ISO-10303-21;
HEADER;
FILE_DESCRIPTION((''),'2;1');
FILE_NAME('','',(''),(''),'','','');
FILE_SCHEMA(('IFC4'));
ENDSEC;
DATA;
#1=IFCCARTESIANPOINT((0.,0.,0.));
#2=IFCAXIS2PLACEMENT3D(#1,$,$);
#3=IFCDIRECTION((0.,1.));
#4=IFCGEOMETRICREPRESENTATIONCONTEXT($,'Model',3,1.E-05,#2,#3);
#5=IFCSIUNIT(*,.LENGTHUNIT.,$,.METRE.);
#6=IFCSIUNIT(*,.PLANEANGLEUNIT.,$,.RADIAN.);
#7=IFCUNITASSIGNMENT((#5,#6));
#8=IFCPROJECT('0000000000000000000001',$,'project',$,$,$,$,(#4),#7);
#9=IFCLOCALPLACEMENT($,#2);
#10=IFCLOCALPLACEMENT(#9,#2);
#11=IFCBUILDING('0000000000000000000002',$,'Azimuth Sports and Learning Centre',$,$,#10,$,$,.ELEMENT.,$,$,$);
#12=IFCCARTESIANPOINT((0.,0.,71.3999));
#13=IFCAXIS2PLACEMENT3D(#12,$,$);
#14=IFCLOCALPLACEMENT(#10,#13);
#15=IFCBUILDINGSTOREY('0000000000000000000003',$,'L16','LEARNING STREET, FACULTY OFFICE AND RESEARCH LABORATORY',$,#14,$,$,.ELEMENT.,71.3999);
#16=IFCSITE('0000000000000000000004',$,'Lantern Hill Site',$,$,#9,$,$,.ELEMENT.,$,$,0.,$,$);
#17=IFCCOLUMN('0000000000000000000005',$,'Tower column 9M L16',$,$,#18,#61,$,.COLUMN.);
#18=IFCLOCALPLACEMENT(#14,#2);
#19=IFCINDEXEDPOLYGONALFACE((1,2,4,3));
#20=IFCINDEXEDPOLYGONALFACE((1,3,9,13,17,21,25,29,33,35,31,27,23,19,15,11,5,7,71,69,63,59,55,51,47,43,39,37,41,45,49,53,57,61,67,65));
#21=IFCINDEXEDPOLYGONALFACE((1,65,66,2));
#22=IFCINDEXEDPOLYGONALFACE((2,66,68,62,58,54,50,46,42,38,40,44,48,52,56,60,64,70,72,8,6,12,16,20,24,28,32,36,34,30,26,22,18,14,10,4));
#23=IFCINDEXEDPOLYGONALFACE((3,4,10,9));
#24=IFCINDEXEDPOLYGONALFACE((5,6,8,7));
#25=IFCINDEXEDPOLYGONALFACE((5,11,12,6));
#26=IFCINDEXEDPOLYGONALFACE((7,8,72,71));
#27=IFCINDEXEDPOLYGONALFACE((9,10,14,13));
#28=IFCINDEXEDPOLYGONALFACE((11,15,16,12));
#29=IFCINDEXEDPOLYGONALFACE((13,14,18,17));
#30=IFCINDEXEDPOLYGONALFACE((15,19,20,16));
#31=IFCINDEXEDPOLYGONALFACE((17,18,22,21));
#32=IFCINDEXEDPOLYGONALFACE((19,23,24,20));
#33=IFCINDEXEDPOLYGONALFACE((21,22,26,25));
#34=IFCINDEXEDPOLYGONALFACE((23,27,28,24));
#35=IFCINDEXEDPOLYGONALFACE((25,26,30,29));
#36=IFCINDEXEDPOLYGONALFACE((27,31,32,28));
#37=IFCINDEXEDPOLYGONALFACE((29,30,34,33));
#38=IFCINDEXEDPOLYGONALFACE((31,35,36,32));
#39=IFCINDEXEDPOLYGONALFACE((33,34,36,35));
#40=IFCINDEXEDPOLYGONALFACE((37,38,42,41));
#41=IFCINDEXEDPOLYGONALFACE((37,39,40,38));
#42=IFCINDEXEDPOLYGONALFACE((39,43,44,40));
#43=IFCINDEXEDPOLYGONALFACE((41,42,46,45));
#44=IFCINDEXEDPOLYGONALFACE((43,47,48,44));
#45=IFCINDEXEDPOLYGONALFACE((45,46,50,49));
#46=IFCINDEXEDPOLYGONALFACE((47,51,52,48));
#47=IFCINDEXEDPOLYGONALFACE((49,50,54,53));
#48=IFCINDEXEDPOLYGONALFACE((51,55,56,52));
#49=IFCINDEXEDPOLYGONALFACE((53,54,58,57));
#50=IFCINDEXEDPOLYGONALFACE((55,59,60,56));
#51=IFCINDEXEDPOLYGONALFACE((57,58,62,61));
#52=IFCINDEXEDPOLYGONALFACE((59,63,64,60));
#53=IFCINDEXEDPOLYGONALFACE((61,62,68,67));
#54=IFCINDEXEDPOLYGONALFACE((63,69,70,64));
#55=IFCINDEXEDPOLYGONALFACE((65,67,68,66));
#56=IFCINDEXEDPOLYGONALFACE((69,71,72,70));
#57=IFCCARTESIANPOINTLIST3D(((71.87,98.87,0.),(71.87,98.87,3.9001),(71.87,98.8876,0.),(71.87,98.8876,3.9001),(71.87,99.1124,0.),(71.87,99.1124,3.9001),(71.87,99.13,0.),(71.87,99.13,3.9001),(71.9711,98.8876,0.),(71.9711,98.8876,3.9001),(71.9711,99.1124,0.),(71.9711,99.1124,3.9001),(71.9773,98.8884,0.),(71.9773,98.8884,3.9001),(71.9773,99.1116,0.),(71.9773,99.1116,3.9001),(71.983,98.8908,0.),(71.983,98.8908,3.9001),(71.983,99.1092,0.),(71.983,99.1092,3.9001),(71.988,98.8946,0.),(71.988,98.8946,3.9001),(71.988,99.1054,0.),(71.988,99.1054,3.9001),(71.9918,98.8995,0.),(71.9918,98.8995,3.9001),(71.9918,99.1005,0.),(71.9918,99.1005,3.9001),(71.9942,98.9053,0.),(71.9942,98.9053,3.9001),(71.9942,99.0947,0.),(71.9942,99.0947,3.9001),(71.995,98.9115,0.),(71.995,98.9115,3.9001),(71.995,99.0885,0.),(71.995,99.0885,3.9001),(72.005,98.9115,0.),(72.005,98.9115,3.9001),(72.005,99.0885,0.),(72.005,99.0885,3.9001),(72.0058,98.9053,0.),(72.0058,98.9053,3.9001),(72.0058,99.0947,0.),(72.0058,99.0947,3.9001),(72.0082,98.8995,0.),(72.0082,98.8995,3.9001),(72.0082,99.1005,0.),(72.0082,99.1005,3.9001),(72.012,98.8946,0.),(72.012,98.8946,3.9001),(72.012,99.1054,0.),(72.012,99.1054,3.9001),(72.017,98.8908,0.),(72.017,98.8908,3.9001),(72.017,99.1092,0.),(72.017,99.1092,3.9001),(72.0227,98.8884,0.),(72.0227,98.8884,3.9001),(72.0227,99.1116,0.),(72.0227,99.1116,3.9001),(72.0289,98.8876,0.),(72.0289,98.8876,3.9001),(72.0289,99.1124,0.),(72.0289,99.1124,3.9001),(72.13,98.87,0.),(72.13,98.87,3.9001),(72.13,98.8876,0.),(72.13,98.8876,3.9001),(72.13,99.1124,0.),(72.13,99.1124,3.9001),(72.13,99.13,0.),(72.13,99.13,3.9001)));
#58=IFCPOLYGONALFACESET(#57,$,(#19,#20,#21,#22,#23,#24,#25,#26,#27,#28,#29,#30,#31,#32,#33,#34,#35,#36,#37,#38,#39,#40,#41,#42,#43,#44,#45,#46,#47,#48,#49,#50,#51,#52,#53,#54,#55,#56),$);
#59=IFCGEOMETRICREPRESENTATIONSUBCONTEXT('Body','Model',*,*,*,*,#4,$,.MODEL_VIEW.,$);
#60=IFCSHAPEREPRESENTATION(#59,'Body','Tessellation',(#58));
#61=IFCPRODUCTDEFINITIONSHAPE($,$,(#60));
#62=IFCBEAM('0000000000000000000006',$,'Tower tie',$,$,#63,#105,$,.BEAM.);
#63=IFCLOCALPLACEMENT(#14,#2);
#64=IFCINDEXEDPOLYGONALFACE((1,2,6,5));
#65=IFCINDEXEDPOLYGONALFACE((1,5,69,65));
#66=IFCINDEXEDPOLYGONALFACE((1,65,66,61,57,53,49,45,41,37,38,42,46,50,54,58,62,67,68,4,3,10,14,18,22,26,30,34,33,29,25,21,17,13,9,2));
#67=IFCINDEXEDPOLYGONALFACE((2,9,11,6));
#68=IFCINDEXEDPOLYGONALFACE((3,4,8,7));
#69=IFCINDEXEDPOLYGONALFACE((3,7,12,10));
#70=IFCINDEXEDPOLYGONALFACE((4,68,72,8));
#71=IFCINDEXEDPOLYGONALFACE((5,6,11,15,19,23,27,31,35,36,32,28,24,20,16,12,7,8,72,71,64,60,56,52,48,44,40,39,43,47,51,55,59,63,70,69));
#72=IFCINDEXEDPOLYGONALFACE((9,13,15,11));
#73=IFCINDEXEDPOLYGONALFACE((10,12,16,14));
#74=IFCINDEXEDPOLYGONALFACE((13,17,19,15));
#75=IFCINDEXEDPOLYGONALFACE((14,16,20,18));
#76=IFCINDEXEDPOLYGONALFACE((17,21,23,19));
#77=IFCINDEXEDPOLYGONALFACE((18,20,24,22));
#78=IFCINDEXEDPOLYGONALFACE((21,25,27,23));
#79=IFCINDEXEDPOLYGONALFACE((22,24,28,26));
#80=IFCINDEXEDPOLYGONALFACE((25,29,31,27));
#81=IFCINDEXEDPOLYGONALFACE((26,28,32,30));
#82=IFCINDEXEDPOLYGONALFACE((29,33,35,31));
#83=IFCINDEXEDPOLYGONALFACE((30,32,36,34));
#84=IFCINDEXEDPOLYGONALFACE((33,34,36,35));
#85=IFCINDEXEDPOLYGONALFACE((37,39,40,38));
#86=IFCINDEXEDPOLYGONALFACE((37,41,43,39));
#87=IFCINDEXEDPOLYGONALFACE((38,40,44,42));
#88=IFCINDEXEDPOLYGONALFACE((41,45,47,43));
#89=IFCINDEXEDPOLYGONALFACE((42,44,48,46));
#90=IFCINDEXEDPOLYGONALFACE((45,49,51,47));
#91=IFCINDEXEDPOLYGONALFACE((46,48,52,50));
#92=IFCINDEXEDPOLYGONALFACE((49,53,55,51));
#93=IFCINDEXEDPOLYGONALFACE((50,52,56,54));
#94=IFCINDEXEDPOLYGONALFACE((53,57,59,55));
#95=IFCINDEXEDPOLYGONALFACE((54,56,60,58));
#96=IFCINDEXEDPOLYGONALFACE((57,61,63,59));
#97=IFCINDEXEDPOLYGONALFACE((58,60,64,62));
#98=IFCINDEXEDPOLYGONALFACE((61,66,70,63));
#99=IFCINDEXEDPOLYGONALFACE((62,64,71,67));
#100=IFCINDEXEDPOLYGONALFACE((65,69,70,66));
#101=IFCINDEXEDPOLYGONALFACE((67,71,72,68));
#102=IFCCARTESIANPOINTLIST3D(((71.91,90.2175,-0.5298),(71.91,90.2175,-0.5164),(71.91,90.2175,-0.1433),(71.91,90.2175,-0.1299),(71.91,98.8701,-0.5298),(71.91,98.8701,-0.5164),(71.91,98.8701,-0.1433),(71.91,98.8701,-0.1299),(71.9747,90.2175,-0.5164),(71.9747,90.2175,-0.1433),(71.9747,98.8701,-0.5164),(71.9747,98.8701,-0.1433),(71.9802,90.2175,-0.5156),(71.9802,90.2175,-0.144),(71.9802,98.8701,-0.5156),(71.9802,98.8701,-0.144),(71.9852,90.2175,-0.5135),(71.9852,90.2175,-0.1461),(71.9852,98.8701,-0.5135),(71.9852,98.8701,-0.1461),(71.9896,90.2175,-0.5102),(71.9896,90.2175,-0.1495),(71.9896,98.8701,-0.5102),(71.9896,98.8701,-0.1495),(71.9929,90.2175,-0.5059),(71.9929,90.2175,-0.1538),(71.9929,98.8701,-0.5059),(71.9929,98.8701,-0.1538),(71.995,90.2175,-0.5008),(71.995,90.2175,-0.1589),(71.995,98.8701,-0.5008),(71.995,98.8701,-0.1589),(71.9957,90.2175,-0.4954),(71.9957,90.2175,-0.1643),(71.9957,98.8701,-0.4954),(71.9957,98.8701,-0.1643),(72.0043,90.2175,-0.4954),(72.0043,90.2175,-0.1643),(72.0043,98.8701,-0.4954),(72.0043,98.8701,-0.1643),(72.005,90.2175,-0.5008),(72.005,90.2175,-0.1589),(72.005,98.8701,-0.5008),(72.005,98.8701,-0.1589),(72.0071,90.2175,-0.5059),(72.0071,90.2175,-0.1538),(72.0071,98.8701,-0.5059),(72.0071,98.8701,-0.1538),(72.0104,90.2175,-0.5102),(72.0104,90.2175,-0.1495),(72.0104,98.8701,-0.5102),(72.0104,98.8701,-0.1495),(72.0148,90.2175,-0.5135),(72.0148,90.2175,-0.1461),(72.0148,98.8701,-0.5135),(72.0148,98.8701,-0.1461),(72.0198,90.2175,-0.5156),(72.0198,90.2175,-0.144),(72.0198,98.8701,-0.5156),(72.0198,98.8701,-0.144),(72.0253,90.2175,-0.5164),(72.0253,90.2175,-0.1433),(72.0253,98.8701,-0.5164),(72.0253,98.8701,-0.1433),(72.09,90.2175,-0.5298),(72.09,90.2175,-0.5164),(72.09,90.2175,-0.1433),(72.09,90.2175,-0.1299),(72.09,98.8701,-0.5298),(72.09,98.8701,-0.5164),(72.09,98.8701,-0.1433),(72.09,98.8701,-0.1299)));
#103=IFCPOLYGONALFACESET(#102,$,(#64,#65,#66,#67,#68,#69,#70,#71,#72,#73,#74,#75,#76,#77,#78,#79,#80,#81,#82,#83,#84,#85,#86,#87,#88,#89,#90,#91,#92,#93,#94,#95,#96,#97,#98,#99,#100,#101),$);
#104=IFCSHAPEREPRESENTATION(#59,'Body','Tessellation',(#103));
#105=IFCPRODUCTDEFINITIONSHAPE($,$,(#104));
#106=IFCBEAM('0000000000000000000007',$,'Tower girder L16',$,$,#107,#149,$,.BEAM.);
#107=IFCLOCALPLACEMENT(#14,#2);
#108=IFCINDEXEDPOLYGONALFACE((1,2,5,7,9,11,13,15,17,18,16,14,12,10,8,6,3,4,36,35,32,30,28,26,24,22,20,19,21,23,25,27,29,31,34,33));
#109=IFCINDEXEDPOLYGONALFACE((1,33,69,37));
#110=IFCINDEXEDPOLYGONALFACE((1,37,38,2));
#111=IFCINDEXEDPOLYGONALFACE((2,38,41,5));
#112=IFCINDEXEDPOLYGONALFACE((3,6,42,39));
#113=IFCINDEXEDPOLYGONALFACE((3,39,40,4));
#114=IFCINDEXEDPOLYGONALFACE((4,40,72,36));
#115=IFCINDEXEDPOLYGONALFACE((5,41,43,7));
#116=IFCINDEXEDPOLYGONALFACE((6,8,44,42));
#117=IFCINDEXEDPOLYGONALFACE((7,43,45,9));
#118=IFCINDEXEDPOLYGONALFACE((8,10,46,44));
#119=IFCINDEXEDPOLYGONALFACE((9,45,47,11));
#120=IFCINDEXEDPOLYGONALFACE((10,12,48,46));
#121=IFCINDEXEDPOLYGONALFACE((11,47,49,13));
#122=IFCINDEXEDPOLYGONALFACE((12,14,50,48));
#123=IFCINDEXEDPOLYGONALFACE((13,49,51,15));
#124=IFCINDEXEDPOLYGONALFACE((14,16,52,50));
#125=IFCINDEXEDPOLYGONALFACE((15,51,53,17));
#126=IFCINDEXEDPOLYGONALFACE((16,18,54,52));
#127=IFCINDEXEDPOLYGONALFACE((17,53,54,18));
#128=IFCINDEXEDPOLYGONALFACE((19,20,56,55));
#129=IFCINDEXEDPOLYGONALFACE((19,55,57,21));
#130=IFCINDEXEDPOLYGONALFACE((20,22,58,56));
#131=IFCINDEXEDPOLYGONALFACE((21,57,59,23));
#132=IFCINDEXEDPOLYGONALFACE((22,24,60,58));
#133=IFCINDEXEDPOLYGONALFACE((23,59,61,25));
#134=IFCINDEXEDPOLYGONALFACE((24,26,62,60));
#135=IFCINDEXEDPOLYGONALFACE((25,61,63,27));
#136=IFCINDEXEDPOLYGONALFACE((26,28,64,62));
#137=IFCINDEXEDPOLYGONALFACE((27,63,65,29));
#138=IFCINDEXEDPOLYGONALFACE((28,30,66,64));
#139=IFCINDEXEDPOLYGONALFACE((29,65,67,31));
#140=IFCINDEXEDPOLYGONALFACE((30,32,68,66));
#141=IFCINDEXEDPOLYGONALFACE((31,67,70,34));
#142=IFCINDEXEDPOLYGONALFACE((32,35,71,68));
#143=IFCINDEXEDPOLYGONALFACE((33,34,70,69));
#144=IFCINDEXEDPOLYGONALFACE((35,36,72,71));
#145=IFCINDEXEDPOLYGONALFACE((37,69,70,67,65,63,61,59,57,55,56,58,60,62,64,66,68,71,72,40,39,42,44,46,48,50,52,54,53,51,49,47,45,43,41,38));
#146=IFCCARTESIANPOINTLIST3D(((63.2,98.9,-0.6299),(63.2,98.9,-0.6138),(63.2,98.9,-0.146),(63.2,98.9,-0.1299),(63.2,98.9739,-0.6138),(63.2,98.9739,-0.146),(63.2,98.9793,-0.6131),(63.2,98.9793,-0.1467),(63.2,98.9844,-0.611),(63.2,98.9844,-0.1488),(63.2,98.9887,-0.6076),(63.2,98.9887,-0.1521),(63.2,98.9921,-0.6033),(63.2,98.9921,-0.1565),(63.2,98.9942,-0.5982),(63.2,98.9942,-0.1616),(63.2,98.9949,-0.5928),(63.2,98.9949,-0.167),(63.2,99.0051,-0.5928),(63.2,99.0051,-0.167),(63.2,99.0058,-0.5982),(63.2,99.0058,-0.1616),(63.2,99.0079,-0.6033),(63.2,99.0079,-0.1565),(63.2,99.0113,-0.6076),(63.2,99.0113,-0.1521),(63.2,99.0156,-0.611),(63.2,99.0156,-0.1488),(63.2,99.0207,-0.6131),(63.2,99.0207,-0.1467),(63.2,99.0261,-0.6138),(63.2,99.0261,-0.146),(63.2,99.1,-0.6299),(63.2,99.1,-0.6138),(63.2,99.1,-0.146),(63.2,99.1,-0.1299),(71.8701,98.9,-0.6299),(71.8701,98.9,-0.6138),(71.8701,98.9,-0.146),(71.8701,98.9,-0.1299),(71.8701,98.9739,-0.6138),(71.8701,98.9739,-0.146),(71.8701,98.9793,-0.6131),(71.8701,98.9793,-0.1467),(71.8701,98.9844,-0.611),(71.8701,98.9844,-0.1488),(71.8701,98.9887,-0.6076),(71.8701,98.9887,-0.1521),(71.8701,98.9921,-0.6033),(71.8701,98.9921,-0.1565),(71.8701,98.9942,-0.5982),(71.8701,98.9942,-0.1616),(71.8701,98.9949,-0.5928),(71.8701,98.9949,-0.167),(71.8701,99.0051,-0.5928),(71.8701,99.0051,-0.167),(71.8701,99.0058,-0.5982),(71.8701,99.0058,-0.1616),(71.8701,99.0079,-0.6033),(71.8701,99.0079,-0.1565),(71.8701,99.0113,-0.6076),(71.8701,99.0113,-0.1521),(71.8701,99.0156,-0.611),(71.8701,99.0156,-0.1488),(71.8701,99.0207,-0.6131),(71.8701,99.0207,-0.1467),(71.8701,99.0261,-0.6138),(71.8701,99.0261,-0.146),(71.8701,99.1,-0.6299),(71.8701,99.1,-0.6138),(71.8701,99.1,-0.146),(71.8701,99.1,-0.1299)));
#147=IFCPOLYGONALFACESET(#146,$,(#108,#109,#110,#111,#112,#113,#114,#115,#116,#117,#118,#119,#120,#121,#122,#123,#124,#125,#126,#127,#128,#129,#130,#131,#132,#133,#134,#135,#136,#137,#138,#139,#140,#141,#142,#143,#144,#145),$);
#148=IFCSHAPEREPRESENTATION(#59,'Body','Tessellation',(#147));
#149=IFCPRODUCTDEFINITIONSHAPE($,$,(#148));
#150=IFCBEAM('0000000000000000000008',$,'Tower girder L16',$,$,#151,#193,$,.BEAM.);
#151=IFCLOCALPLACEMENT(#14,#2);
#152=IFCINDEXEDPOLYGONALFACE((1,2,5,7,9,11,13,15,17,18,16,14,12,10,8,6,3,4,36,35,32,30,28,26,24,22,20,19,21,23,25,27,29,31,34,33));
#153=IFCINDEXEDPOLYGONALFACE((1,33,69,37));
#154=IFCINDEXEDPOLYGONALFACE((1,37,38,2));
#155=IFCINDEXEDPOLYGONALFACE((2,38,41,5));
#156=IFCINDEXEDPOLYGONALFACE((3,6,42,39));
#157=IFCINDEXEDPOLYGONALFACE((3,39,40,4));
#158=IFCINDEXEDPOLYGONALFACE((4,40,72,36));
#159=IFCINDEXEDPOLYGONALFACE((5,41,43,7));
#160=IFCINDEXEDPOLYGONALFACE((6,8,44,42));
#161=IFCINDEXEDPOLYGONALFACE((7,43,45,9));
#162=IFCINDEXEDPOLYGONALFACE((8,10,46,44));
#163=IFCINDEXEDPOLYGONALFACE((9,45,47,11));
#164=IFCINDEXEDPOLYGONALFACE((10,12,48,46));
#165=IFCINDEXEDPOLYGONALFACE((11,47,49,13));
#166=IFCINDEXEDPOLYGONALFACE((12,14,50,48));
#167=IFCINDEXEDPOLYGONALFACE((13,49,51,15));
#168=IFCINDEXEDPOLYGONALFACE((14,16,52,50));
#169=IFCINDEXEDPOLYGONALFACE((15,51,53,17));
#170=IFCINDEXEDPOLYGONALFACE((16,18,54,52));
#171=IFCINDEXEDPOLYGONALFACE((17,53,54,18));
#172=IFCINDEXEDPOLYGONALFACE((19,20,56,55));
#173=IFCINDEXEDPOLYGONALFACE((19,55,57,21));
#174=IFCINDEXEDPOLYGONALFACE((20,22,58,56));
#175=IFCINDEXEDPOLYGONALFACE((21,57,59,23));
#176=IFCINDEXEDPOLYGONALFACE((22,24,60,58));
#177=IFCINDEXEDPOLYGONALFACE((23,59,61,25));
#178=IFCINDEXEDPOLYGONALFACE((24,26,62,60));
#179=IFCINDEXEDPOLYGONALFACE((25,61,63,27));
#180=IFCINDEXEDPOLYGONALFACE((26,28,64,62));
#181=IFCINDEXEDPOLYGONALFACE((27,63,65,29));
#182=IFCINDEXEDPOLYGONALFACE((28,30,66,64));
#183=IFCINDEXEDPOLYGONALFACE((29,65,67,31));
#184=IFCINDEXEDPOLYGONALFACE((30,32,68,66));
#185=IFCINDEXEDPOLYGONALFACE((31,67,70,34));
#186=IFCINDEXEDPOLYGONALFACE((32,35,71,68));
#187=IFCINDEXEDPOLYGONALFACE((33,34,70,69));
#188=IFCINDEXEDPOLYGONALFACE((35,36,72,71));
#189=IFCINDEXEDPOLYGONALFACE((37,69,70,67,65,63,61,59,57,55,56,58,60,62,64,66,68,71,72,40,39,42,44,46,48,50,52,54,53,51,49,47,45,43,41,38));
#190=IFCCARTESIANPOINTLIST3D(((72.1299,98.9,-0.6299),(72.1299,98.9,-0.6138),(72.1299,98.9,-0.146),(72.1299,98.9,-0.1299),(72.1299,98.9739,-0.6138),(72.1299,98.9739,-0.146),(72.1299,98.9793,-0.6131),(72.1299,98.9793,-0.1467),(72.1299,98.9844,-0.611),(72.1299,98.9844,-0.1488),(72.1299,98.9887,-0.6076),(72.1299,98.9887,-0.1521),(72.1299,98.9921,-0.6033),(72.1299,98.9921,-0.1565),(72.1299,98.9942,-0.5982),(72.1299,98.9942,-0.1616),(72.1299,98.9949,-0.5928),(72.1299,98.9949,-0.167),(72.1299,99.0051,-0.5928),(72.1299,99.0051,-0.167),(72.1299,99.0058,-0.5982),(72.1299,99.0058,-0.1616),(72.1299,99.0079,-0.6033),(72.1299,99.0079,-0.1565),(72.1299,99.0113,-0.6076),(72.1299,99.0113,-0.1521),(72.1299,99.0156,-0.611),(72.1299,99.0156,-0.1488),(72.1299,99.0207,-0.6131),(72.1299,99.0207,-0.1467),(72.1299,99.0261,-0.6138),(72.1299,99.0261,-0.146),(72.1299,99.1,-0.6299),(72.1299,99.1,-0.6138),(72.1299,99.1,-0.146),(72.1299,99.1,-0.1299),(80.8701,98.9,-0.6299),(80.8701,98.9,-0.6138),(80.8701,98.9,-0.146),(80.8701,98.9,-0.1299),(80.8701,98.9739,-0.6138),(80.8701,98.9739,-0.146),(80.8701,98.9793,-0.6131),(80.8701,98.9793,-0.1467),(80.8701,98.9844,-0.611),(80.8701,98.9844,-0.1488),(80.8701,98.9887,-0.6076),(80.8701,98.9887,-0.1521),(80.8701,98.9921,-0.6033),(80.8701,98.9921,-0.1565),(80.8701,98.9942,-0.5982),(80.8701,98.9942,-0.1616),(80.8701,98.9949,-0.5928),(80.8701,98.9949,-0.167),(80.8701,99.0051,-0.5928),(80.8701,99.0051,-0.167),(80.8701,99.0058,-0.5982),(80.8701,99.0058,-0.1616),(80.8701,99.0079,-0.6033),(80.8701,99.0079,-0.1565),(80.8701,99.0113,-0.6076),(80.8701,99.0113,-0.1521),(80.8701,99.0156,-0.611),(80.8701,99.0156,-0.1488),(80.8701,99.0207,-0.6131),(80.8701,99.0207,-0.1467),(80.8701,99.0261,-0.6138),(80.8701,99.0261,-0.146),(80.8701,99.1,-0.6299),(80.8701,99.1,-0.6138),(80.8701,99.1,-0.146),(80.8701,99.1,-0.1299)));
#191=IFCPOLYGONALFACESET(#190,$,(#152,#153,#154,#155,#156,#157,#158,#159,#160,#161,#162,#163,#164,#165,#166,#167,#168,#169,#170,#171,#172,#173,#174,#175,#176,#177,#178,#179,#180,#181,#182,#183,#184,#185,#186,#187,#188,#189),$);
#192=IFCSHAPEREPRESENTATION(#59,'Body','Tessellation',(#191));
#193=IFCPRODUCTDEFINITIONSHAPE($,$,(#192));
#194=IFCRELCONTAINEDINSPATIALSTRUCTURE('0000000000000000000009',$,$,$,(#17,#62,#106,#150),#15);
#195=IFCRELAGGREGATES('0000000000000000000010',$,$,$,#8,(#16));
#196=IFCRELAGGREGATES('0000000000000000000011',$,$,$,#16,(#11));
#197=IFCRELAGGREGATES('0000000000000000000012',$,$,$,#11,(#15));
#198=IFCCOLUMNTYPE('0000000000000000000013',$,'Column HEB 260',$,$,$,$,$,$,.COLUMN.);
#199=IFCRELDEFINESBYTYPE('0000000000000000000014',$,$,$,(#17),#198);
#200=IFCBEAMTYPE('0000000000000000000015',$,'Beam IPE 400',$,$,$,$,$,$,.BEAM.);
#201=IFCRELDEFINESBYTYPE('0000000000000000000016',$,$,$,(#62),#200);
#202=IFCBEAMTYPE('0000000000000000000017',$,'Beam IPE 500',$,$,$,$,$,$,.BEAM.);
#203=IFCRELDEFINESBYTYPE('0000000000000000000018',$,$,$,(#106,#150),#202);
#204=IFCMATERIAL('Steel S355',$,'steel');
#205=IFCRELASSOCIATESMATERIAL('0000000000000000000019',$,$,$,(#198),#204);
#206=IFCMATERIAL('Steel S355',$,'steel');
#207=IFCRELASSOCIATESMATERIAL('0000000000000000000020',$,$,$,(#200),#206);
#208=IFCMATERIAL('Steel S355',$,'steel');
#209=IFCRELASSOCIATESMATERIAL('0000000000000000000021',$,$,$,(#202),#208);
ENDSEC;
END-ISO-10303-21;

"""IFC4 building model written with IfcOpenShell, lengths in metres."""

from ifc_helpers import new_model, si_unit, direction, frame, origin, origin_2d, place, context, subcontext, project, spatial, i_section, extrude, material, material_profile, profile_set, type_object, element, save


model = new_model("IFC4")

# Units and contexts
model_context = context("Model", 3, precision=1e-05, world=origin(), true_north=direction((0.0, 1.0)))
body_context = subcontext(model_context, "Body", "Model", "MODEL_VIEW")
ifc_project = project(units=[si_unit("LENGTHUNIT", "METRE"), si_unit("PLANEANGLEUNIT", "RADIAN")], contexts=[model_context])

# Site, building, storey
site_placement = place(None, origin())
site = spatial("IfcSite", under=ifc_project, at=site_placement, Name="Lantern Hill Site", CompositionType="ELEMENT", RefElevation=0.0)
building_placement = place(site_placement, origin())
building = spatial("IfcBuilding", under=site, at=building_placement, Name="Azimuth Sports and Learning Centre", CompositionType="ELEMENT")
storey_placement = place(building_placement, frame((0.0, 0.0, 71.3999)))
storey = spatial("IfcBuildingStorey", under=building, at=storey_placement, Name="L16", Description="LEARNING STREET, FACULTY OFFICE AND RESEARCH LABORATORY", CompositionType="ELEMENT", Elevation=71.3999)

# Column
ifc_material_1 = material(Name="Steel S355", Category="steel")
ifc_material_profile_1 = material_profile(ifc_material_1, i_section(OverallWidth=0.26, OverallDepth=0.26, WebThickness=0.01, FlangeThickness=0.0176, FilletRadius=0.0239, at=origin_2d()), Name="HEB 260")
ifc_profile_set_1 = profile_set([ifc_material_profile_1], Name="Steel S355")
column_type = type_object("IfcColumnType", Name="Column HEB 260", PredefinedType="COLUMN", material=ifc_profile_set_1)
column_placement = place(storey_placement, frame((72.0, 99.0, 0.0), z_axis=(0.0, 0.0, 1.0), x_axis=(1.0, 0.0, 0.0)))
element("IfcColumn", 1, at=column_placement, inside=storey, type_object=column_type, Name="Tower column 9M L16", PredefinedType="COLUMN", context=body_context, shape_type="SweptSolid", body=[
    extrude(i_section(OverallWidth=0.26, OverallDepth=0.26, WebThickness=0.01, FlangeThickness=0.0176, FilletRadius=0.0239, at=origin_2d()), origin(), (0.0, 0.0, 1.0), 3.9001),
])

# Beams
ifc_material_2 = material(Name="Steel S355", Category="steel")
ifc_material_profile_2 = material_profile(ifc_material_2, i_section(OverallWidth=0.1799, OverallDepth=0.3999, WebThickness=0.0085, FlangeThickness=0.0134, FilletRadius=0.021, at=origin_2d()), Name="IPE 400")
ifc_profile_set_2 = profile_set([ifc_material_profile_2], Name="Steel S355")
beam_type_1 = type_object("IfcBeamType", Name="Beam IPE 400", PredefinedType="BEAM", material=ifc_profile_set_2)
beam_1_placement = place(storey_placement, frame((72.0, 90.2175, -0.3298), z_axis=(0.0, 1.0, 0.0), x_axis=(-1.0, 0.0, 0.0)))
element("IfcBeam", 2, at=beam_1_placement, inside=storey, type_object=beam_type_1, Name="Tower tie", PredefinedType="BEAM", context=body_context, shape_type="SweptSolid", body=[
    extrude(i_section(OverallWidth=0.1799, OverallDepth=0.3999, WebThickness=0.0085, FlangeThickness=0.0134, FilletRadius=0.021, at=origin_2d()), origin(), (0.0, 0.0, 1.0), 8.6526),
])
ifc_material_3 = material(Name="Steel S355", Category="steel")
ifc_material_profile_3 = material_profile(ifc_material_3, i_section(OverallWidth=0.2, OverallDepth=0.5, WebThickness=0.0103, FlangeThickness=0.0161, FilletRadius=0.021, at=origin_2d()), Name="IPE 500")
ifc_profile_set_3 = profile_set([ifc_material_profile_3], Name="Steel S355")
beam_type_2 = type_object("IfcBeamType", Name="Beam IPE 500", PredefinedType="BEAM", material=ifc_profile_set_3)
beam_2_placement = place(storey_placement, frame((63.2, 99.0, -0.3799), z_axis=(1.0, 0.0, 0.0), x_axis=(0.0, 1.0, 0.0)))
element("IfcBeam", 3, at=beam_2_placement, inside=storey, type_object=beam_type_2, Name="Tower girder L16", PredefinedType="BEAM", context=body_context, shape_type="SweptSolid", body=[
    extrude(i_section(OverallWidth=0.2, OverallDepth=0.5, WebThickness=0.0103, FlangeThickness=0.0161, FilletRadius=0.021, at=origin_2d()), origin(), (0.0, 0.0, 1.0), 8.6702),
])
beam_3_placement = place(storey_placement, frame((72.1299, 99.0, -0.3799), z_axis=(1.0, 0.0, 0.0), x_axis=(0.0, 1.0, 0.0)))
element("IfcBeam", 4, at=beam_3_placement, inside=storey, type_object=beam_type_2, Name="Tower girder L16", PredefinedType="BEAM", context=body_context, shape_type="SweptSolid", body=[
    extrude(i_section(OverallWidth=0.2, OverallDepth=0.5, WebThickness=0.0103, FlangeThickness=0.0161, FilletRadius=0.021, at=origin_2d()), origin(), (0.0, 0.0, 1.0), 8.7402),
])

save(model, "model.ifc")
